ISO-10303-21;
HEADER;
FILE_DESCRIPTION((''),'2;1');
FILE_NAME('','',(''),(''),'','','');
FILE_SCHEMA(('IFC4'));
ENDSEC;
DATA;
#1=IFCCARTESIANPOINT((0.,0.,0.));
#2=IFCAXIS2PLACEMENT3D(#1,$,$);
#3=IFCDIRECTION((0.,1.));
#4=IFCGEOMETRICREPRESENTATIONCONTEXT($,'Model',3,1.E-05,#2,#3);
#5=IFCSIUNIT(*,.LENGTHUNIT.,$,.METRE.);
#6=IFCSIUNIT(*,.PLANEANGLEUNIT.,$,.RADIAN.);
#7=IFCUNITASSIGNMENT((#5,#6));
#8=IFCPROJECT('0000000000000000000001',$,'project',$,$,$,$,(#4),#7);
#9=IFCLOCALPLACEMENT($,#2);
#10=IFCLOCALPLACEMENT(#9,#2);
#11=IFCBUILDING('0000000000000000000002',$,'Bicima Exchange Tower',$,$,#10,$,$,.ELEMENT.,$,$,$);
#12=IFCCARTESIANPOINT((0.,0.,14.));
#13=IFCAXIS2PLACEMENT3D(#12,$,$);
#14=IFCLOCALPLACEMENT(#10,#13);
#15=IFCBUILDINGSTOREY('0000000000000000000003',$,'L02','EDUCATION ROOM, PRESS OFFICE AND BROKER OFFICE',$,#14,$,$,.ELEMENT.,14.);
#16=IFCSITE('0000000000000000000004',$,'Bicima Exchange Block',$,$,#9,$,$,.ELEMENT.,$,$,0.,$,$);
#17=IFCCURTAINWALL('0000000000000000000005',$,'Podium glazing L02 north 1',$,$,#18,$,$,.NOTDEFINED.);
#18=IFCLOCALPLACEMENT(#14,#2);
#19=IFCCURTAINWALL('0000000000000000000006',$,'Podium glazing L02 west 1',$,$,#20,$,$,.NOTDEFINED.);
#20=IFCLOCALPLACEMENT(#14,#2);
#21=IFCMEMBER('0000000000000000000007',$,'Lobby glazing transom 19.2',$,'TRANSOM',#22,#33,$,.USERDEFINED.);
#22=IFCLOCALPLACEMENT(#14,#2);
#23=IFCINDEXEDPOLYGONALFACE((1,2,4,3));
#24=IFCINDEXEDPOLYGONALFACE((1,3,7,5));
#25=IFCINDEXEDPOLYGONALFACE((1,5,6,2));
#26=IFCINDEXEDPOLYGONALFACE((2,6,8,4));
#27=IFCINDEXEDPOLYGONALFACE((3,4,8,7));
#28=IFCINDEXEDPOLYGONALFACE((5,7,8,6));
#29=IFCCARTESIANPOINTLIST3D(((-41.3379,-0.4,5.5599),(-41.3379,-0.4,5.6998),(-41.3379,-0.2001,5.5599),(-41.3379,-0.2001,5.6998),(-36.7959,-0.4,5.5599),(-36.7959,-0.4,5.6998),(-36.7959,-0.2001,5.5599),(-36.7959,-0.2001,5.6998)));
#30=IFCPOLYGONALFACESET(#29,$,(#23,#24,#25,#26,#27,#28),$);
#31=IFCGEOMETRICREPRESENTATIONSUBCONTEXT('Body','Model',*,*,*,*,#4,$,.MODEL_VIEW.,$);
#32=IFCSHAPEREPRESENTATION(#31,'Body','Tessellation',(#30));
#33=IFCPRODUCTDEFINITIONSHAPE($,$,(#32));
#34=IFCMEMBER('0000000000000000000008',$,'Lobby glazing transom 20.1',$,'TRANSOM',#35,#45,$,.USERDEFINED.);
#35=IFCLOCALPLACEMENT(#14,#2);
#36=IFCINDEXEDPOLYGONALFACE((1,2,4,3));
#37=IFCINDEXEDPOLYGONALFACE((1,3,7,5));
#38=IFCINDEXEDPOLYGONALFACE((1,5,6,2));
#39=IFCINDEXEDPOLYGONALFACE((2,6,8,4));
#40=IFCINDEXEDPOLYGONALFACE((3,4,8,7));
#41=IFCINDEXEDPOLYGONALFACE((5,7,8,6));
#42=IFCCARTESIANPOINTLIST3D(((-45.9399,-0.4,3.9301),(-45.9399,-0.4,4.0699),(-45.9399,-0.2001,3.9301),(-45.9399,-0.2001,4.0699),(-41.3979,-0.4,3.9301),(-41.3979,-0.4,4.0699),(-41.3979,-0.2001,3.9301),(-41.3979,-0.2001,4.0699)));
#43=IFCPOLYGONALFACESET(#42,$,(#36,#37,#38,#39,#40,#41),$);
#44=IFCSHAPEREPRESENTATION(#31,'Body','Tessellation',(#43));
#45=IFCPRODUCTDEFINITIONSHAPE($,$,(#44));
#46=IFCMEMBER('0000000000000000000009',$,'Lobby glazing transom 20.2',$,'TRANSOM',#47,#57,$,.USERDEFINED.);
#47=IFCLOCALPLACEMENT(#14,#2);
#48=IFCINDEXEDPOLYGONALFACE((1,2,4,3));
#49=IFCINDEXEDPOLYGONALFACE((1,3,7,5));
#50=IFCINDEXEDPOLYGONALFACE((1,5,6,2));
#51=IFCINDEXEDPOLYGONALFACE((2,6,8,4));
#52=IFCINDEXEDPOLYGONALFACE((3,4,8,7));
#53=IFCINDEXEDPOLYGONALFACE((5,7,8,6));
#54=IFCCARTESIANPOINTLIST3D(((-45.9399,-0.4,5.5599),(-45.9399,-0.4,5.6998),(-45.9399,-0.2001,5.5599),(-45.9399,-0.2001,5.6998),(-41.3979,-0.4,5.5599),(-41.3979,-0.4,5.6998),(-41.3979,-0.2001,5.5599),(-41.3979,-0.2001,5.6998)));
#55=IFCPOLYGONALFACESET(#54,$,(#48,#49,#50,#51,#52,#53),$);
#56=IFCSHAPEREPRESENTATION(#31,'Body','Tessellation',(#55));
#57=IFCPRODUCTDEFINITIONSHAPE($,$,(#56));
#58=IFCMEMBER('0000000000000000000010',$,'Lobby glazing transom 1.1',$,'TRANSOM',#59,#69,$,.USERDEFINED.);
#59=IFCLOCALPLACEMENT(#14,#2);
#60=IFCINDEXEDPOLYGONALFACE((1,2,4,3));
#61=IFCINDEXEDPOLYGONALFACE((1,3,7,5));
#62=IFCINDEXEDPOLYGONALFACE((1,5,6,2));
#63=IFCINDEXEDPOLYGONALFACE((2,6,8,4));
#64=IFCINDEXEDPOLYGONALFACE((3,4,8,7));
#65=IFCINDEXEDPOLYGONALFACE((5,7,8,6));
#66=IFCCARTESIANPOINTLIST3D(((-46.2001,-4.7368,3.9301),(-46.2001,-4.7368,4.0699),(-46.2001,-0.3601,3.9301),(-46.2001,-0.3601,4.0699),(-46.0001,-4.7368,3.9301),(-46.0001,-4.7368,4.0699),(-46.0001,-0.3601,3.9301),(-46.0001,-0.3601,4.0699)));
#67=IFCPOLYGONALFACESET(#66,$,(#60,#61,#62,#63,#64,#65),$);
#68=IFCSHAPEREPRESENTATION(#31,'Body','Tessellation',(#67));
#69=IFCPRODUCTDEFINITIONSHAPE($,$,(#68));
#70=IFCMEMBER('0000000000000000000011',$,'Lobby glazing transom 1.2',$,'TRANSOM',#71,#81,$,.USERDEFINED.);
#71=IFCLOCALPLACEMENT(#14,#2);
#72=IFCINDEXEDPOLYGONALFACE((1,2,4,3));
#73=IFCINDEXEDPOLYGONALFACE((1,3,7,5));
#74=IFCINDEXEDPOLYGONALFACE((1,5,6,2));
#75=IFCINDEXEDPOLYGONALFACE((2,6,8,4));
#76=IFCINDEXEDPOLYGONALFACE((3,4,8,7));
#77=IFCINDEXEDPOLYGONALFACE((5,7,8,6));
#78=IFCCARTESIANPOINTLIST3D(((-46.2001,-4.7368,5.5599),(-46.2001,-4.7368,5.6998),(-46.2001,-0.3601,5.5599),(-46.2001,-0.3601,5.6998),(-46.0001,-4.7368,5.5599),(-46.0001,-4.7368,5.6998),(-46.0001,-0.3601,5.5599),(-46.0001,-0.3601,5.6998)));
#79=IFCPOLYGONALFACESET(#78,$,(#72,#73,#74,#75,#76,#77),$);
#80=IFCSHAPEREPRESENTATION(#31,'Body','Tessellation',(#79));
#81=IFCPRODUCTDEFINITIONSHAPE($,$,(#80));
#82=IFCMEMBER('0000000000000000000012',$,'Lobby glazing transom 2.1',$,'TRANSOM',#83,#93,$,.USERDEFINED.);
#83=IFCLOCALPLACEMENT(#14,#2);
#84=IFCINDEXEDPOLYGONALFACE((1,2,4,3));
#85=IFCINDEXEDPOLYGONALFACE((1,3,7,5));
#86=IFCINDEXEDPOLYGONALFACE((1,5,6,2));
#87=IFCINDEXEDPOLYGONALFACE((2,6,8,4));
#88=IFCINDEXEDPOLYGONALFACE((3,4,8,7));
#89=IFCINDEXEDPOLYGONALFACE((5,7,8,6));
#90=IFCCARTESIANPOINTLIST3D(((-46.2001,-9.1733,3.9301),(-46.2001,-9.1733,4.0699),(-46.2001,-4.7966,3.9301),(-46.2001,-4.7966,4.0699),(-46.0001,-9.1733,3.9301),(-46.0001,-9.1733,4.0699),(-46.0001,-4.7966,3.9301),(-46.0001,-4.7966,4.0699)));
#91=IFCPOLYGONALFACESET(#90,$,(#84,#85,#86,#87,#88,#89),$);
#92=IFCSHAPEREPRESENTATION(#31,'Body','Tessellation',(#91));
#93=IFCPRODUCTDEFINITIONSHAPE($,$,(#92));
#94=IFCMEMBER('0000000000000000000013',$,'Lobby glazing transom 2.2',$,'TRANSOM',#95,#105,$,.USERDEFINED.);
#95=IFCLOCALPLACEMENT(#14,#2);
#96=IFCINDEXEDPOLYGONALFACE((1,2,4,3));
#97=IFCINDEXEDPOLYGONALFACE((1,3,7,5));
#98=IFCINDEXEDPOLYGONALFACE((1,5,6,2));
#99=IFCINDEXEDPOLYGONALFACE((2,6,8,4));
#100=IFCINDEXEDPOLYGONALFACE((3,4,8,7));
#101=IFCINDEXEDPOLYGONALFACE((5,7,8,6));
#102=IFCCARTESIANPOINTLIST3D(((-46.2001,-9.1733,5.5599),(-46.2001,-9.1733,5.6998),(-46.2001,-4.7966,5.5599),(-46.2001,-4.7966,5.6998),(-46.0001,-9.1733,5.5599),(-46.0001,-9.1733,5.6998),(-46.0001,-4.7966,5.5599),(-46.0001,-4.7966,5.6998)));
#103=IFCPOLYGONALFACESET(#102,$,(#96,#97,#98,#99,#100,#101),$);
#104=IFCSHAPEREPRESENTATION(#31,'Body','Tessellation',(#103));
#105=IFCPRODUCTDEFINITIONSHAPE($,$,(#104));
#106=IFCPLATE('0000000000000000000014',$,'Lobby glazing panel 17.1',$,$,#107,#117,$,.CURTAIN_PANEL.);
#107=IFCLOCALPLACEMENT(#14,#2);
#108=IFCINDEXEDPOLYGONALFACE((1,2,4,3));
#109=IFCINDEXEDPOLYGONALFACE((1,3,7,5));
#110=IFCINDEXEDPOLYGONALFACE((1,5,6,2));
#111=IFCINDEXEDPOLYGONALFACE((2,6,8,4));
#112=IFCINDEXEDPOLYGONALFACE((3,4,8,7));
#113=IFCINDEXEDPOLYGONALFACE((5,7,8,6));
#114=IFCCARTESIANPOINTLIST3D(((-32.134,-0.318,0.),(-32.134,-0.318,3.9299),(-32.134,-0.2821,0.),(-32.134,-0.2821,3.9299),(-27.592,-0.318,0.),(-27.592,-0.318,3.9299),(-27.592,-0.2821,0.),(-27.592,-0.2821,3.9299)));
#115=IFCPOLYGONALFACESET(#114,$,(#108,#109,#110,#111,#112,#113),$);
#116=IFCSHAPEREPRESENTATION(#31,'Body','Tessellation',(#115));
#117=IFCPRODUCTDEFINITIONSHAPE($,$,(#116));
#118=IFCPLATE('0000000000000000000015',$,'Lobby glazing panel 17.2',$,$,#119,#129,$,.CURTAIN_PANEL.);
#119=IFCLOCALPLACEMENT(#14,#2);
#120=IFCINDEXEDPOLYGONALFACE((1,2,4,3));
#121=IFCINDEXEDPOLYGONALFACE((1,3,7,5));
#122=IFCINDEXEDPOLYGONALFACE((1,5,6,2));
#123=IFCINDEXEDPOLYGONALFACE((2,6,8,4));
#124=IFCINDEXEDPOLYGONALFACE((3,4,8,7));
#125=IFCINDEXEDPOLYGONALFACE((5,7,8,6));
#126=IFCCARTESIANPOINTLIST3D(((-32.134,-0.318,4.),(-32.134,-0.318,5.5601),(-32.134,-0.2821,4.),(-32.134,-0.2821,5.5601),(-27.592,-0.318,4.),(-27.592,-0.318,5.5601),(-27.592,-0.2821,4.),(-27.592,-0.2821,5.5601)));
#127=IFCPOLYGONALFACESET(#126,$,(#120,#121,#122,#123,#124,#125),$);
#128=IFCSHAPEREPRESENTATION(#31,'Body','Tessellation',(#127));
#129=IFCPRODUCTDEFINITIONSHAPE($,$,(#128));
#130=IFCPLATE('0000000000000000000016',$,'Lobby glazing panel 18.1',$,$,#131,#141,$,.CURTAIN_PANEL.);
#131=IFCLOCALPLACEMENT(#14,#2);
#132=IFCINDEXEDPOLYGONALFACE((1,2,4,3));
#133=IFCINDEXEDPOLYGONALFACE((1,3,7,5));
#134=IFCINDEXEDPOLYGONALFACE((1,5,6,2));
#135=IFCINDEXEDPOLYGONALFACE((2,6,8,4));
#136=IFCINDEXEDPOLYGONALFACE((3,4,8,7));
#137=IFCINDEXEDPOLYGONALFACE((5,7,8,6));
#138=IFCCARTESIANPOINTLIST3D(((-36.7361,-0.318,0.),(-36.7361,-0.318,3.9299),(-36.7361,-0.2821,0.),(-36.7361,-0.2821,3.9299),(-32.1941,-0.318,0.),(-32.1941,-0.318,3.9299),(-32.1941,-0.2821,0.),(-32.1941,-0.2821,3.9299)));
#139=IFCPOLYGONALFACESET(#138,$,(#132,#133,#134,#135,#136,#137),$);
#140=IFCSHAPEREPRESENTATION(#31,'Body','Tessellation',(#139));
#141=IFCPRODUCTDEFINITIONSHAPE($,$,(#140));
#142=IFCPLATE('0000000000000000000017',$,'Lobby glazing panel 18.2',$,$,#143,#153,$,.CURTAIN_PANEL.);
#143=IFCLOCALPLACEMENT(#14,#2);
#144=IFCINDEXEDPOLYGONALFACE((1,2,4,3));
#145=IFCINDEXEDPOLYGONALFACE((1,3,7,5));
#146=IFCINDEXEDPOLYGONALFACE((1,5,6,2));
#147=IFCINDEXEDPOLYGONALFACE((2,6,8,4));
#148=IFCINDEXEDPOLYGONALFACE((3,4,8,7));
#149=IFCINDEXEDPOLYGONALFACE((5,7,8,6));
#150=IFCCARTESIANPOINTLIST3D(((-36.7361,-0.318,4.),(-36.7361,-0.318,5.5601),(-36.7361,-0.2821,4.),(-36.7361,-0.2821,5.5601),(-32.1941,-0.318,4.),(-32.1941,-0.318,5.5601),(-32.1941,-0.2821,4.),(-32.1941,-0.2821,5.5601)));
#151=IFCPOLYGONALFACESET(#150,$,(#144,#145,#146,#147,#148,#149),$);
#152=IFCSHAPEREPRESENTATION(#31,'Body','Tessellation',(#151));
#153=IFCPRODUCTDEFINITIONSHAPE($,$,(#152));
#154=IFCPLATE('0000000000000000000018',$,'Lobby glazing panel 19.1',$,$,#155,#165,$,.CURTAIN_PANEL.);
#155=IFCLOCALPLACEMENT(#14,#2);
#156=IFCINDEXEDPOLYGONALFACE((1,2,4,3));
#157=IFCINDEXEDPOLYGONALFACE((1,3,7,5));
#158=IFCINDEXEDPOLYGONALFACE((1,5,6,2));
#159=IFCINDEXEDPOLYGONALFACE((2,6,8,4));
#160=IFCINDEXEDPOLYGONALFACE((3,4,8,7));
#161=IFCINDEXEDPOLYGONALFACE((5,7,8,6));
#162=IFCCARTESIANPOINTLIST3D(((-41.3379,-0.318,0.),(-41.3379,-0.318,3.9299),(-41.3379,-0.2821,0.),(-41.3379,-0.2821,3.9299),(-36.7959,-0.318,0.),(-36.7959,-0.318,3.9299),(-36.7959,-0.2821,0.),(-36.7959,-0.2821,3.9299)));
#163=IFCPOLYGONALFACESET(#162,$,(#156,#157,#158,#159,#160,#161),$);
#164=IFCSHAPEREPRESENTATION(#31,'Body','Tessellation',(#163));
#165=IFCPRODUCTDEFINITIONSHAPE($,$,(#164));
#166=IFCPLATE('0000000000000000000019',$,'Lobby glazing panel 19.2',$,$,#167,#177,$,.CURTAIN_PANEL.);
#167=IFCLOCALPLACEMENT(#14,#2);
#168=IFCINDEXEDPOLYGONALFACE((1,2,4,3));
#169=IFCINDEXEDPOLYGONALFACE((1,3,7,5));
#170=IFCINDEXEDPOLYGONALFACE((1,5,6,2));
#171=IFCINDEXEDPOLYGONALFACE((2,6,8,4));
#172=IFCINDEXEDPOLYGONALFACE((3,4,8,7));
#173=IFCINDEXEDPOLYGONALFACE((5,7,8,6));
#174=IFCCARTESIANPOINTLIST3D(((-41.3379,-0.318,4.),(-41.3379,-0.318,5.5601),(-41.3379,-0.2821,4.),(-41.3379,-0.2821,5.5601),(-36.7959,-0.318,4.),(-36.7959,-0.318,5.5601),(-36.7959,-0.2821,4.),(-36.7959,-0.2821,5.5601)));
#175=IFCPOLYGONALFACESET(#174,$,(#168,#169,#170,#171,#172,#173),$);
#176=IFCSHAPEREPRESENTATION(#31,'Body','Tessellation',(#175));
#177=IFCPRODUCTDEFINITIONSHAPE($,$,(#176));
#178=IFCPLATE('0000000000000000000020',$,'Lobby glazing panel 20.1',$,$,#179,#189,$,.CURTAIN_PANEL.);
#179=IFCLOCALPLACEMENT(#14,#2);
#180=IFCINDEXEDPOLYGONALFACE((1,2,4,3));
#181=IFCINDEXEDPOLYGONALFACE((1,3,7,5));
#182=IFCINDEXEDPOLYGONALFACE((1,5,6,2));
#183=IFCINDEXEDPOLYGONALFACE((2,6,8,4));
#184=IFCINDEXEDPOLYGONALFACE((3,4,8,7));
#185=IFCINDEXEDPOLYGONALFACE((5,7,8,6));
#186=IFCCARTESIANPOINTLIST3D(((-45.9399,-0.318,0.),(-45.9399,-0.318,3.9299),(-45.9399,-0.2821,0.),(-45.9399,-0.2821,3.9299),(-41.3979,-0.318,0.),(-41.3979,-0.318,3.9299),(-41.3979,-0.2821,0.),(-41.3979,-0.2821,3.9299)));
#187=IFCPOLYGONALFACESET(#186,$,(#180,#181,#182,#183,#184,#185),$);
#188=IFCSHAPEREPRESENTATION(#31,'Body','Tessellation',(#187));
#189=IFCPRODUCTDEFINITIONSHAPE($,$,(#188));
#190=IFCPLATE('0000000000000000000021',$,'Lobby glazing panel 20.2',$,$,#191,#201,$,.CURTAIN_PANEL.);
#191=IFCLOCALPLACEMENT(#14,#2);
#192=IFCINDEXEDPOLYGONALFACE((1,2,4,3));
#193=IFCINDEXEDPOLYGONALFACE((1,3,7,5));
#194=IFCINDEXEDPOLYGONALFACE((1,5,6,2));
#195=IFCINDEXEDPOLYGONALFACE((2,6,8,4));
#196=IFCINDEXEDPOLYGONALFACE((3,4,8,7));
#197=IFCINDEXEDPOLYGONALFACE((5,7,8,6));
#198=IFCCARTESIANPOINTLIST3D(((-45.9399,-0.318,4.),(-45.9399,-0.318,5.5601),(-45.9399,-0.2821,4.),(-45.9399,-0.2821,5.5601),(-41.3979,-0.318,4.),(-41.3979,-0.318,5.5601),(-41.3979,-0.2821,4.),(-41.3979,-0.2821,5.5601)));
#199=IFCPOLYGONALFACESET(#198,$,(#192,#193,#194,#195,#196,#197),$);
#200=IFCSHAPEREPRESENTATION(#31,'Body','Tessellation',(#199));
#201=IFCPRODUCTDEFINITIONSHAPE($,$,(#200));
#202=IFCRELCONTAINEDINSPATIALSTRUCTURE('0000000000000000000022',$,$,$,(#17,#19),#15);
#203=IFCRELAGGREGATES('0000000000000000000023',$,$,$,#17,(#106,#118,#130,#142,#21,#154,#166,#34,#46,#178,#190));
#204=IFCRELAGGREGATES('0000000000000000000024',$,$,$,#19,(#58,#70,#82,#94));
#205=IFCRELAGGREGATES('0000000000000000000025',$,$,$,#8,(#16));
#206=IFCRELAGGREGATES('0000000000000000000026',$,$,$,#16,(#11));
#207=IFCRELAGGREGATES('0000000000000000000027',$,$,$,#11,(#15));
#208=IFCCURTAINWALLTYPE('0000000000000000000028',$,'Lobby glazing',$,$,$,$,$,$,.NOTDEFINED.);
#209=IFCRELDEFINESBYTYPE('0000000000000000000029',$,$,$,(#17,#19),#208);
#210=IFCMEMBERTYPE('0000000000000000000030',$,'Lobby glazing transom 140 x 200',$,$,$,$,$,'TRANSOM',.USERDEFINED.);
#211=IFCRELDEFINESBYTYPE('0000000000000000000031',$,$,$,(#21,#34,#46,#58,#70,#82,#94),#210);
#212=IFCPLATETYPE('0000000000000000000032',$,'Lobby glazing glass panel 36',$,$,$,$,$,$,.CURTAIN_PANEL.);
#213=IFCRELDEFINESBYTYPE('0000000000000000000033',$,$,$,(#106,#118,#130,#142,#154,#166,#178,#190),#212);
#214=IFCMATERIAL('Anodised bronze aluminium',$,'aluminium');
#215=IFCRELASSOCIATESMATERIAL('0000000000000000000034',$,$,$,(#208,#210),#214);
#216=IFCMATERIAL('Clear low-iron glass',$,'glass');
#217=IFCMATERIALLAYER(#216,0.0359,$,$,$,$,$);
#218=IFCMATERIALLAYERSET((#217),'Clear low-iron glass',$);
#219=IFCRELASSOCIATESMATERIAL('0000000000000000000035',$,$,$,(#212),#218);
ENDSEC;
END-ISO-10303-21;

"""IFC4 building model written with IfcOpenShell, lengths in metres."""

from ifc_helpers import new_model, si_unit, direction, frame, origin, origin_2d, place, context, subcontext, project, spatial, rectangle, extrude, material, layer, layer_set, material_profile, profile_set, type_object, element, aggregate, save


model = new_model("IFC4")

# Units and contexts
model_context = context("Model", 3, precision=1e-05, world=origin(), true_north=direction((0.0, 1.0)))
body_context = subcontext(model_context, "Body", "Model", "MODEL_VIEW")
ifc_project = project(units=[si_unit("LENGTHUNIT", "METRE"), si_unit("PLANEANGLEUNIT", "RADIAN")], contexts=[model_context])

# Site, building, storey
site_placement = place(None, origin())
site = spatial("IfcSite", under=ifc_project, at=site_placement, Name="Bicima Exchange Block", CompositionType="ELEMENT", RefElevation=0.0)
building_placement = place(site_placement, origin())
building = spatial("IfcBuilding", under=site, at=building_placement, Name="Bicima Exchange Tower", CompositionType="ELEMENT")
storey_placement = place(building_placement, frame((0.0, 0.0, 14.0)))
storey = spatial("IfcBuildingStorey", under=building, at=storey_placement, Name="L02", Description="EDUCATION ROOM, PRESS OFFICE AND BROKER OFFICE", CompositionType="ELEMENT", Elevation=14.0)

# Curtain walls
ifc_material_1 = material(Name="Anodised bronze aluminium", Category="aluminium")
curtain_wall_type = type_object("IfcCurtainWallType", Name="Lobby glazing", PredefinedType="NOTDEFINED", material=ifc_material_1)
curtain_wall_1_placement = place(storey_placement, origin())
curtain_wall_1 = element("IfcCurtainWall", 1, at=curtain_wall_1_placement, inside=storey, type_object=curtain_wall_type, Name="Podium glazing L02 north 1", PredefinedType="NOTDEFINED")
curtain_wall_2_placement = place(storey_placement, origin())
curtain_wall_2 = element("IfcCurtainWall", 2, at=curtain_wall_2_placement, inside=storey, type_object=curtain_wall_type, Name="Podium glazing L02 west 1", PredefinedType="NOTDEFINED")

# Members
ifc_material_profile_1 = material_profile(ifc_material_1, rectangle(XDim=0.2, YDim=0.1399, at=origin_2d()))
ifc_profile_set_1 = profile_set([ifc_material_profile_1], Name="Anodised bronze aluminium")
member_type_1 = type_object("IfcMemberType", Name="Lobby glazing transom 140 x 200", ElementType="TRANSOM", PredefinedType="USERDEFINED", material=ifc_profile_set_1)
member_1_placement = place(storey_placement, frame((-36.7959, -0.3, 5.6299), z_axis=(-1.0, 0.0, 0.0), x_axis=(0.0, -1.0, 0.0)))
member_1 = element("IfcMember", 3, at=member_1_placement, type_object=member_type_1, Name="Lobby glazing transom 19.2", ObjectType="TRANSOM", PredefinedType="USERDEFINED", context=body_context, shape_type="SweptSolid", body=[
    extrude(rectangle(XDim=0.2, YDim=0.1399, at=origin_2d()), origin(), (0.0, 0.0, 1.0), 4.542),
])
member_2_placement = place(storey_placement, frame((-41.3979, -0.3, 4.0), z_axis=(-1.0, 0.0, 0.0), x_axis=(0.0, -1.0, 0.0)))
member_2 = element("IfcMember", 4, at=member_2_placement, type_object=member_type_1, Name="Lobby glazing transom 20.1", ObjectType="TRANSOM", PredefinedType="USERDEFINED", context=body_context, shape_type="SweptSolid", body=[
    extrude(rectangle(XDim=0.2, YDim=0.1399, at=origin_2d()), origin(), (0.0, 0.0, 1.0), 4.542),
])
member_3_placement = place(storey_placement, frame((-41.3979, -0.3, 5.6299), z_axis=(-1.0, 0.0, 0.0), x_axis=(0.0, -1.0, 0.0)))
member_3 = element("IfcMember", 5, at=member_3_placement, type_object=member_type_1, Name="Lobby glazing transom 20.2", ObjectType="TRANSOM", PredefinedType="USERDEFINED", context=body_context, shape_type="SweptSolid", body=[
    extrude(rectangle(XDim=0.2, YDim=0.1399, at=origin_2d()), origin(), (0.0, 0.0, 1.0), 4.542),
])
member_4_placement = place(storey_placement, frame((-46.1001, -0.3601, 4.0), z_axis=(0.0, -1.0, 0.0), x_axis=(1.0, 0.0, 0.0)))
member_4 = element("IfcMember", 6, at=member_4_placement, type_object=member_type_1, Name="Lobby glazing transom 1.1", ObjectType="TRANSOM", PredefinedType="USERDEFINED", context=body_context, shape_type="SweptSolid", body=[
    extrude(rectangle(XDim=0.2, YDim=0.1399, at=origin_2d()), origin(), (0.0, 0.0, 1.0), 4.3767),
])
member_5_placement = place(storey_placement, frame((-46.1001, -0.3601, 5.6299), z_axis=(0.0, -1.0, 0.0), x_axis=(1.0, 0.0, 0.0)))
member_5 = element("IfcMember", 7, at=member_5_placement, type_object=member_type_1, Name="Lobby glazing transom 1.2", ObjectType="TRANSOM", PredefinedType="USERDEFINED", context=body_context, shape_type="SweptSolid", body=[
    extrude(rectangle(XDim=0.2, YDim=0.1399, at=origin_2d()), origin(), (0.0, 0.0, 1.0), 4.3767),
])
member_6_placement = place(storey_placement, frame((-46.1001, -4.7966, 4.0), z_axis=(0.0, -1.0, 0.0), x_axis=(1.0, 0.0, 0.0)))
member_6 = element("IfcMember", 8, at=member_6_placement, type_object=member_type_1, Name="Lobby glazing transom 2.1", ObjectType="TRANSOM", PredefinedType="USERDEFINED", context=body_context, shape_type="SweptSolid", body=[
    extrude(rectangle(XDim=0.2, YDim=0.1399, at=origin_2d()), origin(), (0.0, 0.0, 1.0), 4.3767),
])
member_7_placement = place(storey_placement, frame((-46.1001, -4.7966, 5.6299), z_axis=(0.0, -1.0, 0.0), x_axis=(1.0, 0.0, 0.0)))
member_7 = element("IfcMember", 9, at=member_7_placement, type_object=member_type_1, Name="Lobby glazing transom 2.2", ObjectType="TRANSOM", PredefinedType="USERDEFINED", context=body_context, shape_type="SweptSolid", body=[
    extrude(rectangle(XDim=0.2, YDim=0.1399, at=origin_2d()), origin(), (0.0, 0.0, 1.0), 4.3767),
])

# Plates
ifc_material_2 = material(Name="Clear low-iron glass", Category="glass")
ifc_layer_1 = layer(ifc_material_2, 0.0359)
ifc_layer_set_1 = layer_set([ifc_layer_1], Name="Clear low-iron glass")
plate_type = type_object("IfcPlateType", Name="Lobby glazing glass panel 36", PredefinedType="CURTAIN_PANEL", material=ifc_layer_set_1)
plate_1_placement = place(storey_placement, frame((-29.863, -0.3, 0.0), z_axis=(0.0, 0.0, 1.0), x_axis=(-1.0, 0.0, 0.0)))
plate_1 = element("IfcPlate", 10, at=plate_1_placement, type_object=plate_type, Name="Lobby glazing panel 17.1", PredefinedType="CURTAIN_PANEL", context=body_context, shape_type="SweptSolid", body=[
    extrude(rectangle(XDim=4.542, YDim=0.0359, at=origin_2d()), origin(), (0.0, 0.0, 1.0), 3.9299),
])
plate_2_placement = place(storey_placement, frame((-29.863, -0.3, 4.0), z_axis=(0.0, 0.0, 1.0), x_axis=(-1.0, 0.0, 0.0)))
plate_2 = element("IfcPlate", 11, at=plate_2_placement, type_object=plate_type, Name="Lobby glazing panel 17.2", PredefinedType="CURTAIN_PANEL", context=body_context, shape_type="SweptSolid", body=[
    extrude(rectangle(XDim=4.542, YDim=0.0359, at=origin_2d()), origin(), (0.0, 0.0, 1.0), 1.5601),
])
plate_3_placement = place(storey_placement, frame((-34.4651, -0.3, 0.0), z_axis=(0.0, 0.0, 1.0), x_axis=(-1.0, 0.0, 0.0)))
plate_3 = element("IfcPlate", 12, at=plate_3_placement, type_object=plate_type, Name="Lobby glazing panel 18.1", PredefinedType="CURTAIN_PANEL", context=body_context, shape_type="SweptSolid", body=[
    extrude(rectangle(XDim=4.542, YDim=0.0359, at=origin_2d()), origin(), (0.0, 0.0, 1.0), 3.9299),
])
plate_4_placement = place(storey_placement, frame((-34.4651, -0.3, 4.0), z_axis=(0.0, 0.0, 1.0), x_axis=(-1.0, 0.0, 0.0)))
plate_4 = element("IfcPlate", 13, at=plate_4_placement, type_object=plate_type, Name="Lobby glazing panel 18.2", PredefinedType="CURTAIN_PANEL", context=body_context, shape_type="SweptSolid", body=[
    extrude(rectangle(XDim=4.542, YDim=0.0359, at=origin_2d()), origin(), (0.0, 0.0, 1.0), 1.5601),
])
plate_5_placement = place(storey_placement, frame((-39.0669, -0.3, 0.0), z_axis=(0.0, 0.0, 1.0), x_axis=(-1.0, 0.0, 0.0)))
plate_5 = element("IfcPlate", 14, at=plate_5_placement, type_object=plate_type, Name="Lobby glazing panel 19.1", PredefinedType="CURTAIN_PANEL", context=body_context, shape_type="SweptSolid", body=[
    extrude(rectangle(XDim=4.542, YDim=0.0359, at=origin_2d()), origin(), (0.0, 0.0, 1.0), 3.9299),
])
plate_6_placement = place(storey_placement, frame((-39.0669, -0.3, 4.0), z_axis=(0.0, 0.0, 1.0), x_axis=(-1.0, 0.0, 0.0)))
plate_6 = element("IfcPlate", 15, at=plate_6_placement, type_object=plate_type, Name="Lobby glazing panel 19.2", PredefinedType="CURTAIN_PANEL", context=body_context, shape_type="SweptSolid", body=[
    extrude(rectangle(XDim=4.542, YDim=0.0359, at=origin_2d()), origin(), (0.0, 0.0, 1.0), 1.5601),
])
plate_7_placement = place(storey_placement, frame((-43.6689, -0.3, 0.0), z_axis=(0.0, 0.0, 1.0), x_axis=(-1.0, 0.0, 0.0)))
plate_7 = element("IfcPlate", 16, at=plate_7_placement, type_object=plate_type, Name="Lobby glazing panel 20.1", PredefinedType="CURTAIN_PANEL", context=body_context, shape_type="SweptSolid", body=[
    extrude(rectangle(XDim=4.542, YDim=0.0359, at=origin_2d()), origin(), (0.0, 0.0, 1.0), 3.9299),
])
plate_8_placement = place(storey_placement, frame((-43.6689, -0.3, 4.0), z_axis=(0.0, 0.0, 1.0), x_axis=(-1.0, 0.0, 0.0)))
plate_8 = element("IfcPlate", 17, at=plate_8_placement, type_object=plate_type, Name="Lobby glazing panel 20.2", PredefinedType="CURTAIN_PANEL", context=body_context, shape_type="SweptSolid", body=[
    extrude(rectangle(XDim=4.542, YDim=0.0359, at=origin_2d()), origin(), (0.0, 0.0, 1.0), 1.5601),
])
aggregate(curtain_wall_1, [plate_1, plate_2, plate_3, plate_4, member_1, plate_5, plate_6, member_2, member_3, plate_7, plate_8])
aggregate(curtain_wall_2, [member_4, member_5, member_6, member_7])

save(model, "model.ifc")
